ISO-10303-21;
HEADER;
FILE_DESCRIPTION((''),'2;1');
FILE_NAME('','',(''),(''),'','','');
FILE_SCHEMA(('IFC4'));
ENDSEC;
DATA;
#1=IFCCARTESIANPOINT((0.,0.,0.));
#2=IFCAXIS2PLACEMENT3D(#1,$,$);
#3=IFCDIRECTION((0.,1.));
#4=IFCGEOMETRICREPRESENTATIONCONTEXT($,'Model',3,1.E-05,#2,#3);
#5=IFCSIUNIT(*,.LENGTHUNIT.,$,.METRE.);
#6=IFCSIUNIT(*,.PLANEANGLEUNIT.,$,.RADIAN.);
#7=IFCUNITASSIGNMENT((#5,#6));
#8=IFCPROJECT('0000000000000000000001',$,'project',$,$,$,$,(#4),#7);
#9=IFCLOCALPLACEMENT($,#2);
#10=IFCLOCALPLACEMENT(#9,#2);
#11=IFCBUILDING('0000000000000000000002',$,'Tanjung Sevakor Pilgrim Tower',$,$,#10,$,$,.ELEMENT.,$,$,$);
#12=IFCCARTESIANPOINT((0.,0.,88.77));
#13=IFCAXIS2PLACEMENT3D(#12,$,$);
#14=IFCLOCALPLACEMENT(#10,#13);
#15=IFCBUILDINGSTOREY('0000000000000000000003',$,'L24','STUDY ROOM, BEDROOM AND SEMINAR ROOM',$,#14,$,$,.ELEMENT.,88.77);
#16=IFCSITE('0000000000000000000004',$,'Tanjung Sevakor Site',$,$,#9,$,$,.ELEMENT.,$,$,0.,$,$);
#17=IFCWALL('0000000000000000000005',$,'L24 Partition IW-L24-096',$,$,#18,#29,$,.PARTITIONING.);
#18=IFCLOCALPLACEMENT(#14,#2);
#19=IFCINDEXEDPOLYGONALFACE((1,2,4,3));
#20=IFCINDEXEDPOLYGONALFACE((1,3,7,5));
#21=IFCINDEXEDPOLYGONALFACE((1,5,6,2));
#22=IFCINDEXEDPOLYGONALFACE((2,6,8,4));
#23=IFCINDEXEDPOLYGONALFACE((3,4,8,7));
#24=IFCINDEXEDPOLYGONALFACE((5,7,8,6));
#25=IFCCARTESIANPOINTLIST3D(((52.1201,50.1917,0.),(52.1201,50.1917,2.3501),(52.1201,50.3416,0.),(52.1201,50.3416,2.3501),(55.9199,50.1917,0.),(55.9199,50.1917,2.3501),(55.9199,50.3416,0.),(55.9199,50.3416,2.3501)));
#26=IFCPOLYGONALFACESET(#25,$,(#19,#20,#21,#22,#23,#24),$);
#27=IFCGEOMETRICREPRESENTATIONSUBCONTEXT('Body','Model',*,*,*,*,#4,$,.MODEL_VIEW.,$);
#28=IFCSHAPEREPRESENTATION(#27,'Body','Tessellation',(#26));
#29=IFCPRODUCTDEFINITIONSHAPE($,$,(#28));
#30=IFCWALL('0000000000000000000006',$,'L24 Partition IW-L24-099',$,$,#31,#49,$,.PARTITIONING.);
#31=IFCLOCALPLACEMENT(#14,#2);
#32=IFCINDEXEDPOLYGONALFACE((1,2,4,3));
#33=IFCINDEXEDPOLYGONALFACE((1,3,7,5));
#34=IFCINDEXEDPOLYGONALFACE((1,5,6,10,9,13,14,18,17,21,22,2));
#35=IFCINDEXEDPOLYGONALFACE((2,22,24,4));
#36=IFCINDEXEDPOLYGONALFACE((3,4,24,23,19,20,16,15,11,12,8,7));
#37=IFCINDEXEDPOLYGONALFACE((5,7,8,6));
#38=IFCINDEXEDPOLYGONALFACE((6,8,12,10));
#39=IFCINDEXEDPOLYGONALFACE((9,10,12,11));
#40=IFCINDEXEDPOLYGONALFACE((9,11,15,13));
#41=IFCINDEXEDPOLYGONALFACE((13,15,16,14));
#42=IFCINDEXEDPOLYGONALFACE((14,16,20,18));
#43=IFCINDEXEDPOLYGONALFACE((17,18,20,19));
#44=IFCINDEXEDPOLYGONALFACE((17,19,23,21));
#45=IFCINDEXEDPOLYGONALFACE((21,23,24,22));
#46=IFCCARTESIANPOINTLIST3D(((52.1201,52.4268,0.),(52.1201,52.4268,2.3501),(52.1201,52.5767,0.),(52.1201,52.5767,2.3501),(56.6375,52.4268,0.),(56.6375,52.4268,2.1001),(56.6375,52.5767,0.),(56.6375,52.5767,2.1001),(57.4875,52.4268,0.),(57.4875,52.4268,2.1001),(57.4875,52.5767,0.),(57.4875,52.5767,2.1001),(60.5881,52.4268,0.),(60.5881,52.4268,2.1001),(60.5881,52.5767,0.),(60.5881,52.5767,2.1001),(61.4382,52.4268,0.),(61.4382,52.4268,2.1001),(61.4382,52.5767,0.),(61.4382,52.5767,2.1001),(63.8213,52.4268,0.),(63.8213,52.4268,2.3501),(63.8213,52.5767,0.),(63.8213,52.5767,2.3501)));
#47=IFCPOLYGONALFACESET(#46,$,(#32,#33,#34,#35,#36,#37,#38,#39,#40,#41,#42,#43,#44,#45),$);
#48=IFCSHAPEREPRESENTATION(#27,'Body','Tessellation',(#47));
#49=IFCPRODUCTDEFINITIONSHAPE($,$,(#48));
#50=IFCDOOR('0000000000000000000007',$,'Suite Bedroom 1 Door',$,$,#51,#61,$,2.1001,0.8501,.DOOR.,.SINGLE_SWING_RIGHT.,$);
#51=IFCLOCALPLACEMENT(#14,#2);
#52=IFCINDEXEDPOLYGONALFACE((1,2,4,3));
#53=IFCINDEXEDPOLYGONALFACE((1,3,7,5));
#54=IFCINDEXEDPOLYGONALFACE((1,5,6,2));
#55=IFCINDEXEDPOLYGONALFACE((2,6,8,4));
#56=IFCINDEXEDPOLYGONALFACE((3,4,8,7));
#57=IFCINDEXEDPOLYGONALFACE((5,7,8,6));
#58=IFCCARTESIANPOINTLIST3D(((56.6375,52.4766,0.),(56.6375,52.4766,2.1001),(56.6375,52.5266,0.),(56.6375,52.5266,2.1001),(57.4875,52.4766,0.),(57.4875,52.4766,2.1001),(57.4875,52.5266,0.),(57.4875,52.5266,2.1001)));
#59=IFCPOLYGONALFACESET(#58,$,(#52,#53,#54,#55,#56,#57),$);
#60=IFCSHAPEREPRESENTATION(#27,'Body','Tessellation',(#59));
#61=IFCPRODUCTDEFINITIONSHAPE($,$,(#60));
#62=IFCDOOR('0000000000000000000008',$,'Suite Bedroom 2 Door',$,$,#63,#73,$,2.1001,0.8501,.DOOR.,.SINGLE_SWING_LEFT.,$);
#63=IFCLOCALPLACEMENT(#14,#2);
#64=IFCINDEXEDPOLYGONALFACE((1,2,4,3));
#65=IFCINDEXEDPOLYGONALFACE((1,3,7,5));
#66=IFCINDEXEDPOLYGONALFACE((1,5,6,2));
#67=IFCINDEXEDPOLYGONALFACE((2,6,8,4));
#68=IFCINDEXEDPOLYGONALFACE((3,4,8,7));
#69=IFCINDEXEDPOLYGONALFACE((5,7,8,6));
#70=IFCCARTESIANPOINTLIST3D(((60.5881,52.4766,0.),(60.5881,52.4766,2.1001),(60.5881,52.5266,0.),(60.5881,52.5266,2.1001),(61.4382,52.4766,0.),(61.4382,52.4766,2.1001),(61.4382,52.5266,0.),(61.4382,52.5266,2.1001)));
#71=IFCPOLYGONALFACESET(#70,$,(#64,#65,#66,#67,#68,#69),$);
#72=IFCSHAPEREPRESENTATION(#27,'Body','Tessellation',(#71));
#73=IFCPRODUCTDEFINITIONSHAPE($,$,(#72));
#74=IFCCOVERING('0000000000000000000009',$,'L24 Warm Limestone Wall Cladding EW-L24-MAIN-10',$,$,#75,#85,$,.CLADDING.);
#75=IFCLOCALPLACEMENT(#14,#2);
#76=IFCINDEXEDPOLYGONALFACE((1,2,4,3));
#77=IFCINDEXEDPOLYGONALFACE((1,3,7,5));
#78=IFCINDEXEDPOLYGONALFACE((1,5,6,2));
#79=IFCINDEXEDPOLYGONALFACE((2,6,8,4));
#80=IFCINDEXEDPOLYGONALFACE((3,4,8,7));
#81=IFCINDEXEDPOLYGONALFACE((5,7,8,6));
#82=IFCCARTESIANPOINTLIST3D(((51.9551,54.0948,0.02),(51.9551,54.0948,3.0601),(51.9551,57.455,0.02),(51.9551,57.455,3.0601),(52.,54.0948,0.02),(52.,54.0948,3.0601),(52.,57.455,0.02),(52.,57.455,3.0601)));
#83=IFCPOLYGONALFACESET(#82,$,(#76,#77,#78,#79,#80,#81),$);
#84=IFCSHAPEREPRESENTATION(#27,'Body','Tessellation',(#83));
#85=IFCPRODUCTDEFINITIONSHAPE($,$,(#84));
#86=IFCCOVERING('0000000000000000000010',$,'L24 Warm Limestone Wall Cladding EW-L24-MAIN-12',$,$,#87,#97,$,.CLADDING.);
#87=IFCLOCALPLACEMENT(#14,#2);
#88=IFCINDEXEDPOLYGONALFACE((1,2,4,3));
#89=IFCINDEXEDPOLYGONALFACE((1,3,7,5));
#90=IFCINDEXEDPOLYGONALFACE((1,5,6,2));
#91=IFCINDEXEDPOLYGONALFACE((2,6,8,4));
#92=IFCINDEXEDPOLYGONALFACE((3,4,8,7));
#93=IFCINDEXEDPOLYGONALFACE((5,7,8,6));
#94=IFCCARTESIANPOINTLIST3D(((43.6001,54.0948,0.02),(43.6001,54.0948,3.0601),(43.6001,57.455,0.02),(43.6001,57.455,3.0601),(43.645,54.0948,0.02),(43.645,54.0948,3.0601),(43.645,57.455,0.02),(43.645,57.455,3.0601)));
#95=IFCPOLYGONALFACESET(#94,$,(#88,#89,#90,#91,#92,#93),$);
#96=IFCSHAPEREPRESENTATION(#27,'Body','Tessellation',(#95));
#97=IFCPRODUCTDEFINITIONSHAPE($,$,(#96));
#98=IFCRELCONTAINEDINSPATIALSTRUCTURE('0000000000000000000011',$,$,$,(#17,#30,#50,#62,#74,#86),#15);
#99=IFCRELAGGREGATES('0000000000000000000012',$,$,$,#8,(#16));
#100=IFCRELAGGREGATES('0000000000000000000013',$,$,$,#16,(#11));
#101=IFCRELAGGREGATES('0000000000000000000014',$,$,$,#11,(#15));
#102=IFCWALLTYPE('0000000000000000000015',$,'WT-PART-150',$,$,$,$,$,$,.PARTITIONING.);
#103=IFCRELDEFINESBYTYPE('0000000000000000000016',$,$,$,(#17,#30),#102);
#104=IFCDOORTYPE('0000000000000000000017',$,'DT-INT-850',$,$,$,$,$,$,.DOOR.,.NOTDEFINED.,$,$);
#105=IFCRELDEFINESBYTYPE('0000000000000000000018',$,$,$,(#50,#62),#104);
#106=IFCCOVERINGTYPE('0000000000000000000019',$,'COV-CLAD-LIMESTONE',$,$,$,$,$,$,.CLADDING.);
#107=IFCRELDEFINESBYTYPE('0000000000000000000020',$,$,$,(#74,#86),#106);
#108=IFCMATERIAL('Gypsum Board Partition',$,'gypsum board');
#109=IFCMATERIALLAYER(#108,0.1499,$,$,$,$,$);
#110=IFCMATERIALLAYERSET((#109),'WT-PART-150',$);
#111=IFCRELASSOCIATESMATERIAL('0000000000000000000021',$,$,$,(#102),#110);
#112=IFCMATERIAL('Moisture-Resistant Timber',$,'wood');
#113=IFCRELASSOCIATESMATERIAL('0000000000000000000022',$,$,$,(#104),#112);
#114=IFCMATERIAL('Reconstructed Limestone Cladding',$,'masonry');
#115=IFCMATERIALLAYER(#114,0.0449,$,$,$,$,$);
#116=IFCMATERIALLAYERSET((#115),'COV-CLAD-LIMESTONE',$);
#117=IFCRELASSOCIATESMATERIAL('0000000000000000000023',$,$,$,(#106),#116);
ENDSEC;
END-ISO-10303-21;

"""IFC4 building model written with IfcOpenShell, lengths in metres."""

from ifc_helpers import new_model, si_unit, direction, frame, frame_2d, origin, origin_2d, place, context, subcontext, project, spatial, rectangle, extrude, material, layer, layer_set, type_object, element, fill, save


model = new_model("IFC4")

# Units and contexts
model_context = context("Model", 3, precision=1e-05, world=origin(), true_north=direction((0.0, 1.0)))
body_context = subcontext(model_context, "Body", "Model", "MODEL_VIEW")
ifc_project = project(units=[si_unit("LENGTHUNIT", "METRE"), si_unit("PLANEANGLEUNIT", "RADIAN")], contexts=[model_context])

# Site, building, storey
site_placement = place(None, origin())
site = spatial("IfcSite", under=ifc_project, at=site_placement, Name="Tanjung Sevakor Site", CompositionType="ELEMENT", RefElevation=0.0)
building_placement = place(site_placement, origin())
building = spatial("IfcBuilding", under=site, at=building_placement, Name="Tanjung Sevakor Pilgrim Tower", CompositionType="ELEMENT")
storey_placement = place(building_placement, frame((0.0, 0.0, 88.77)))
storey = spatial("IfcBuildingStorey", under=building, at=storey_placement, Name="L24", Description="STUDY ROOM, BEDROOM AND SEMINAR ROOM", CompositionType="ELEMENT", Elevation=88.77)

# Wall
ifc_material_1 = material(Name="Gypsum Board Partition", Category="gypsum board")
ifc_layer_1 = layer(ifc_material_1, 0.1499)
ifc_layer_set_1 = layer_set([ifc_layer_1], Name="WT-PART-150")
wall_type_1 = type_object("IfcWallType", Name="WT-PART-150", PredefinedType="PARTITIONING", material=ifc_layer_set_1)
wall_1_placement = place(storey_placement, frame((52.1201, 50.2666, 0.0), z_axis=(0.0, 0.0, 1.0), x_axis=(1.0, 0.0, 0.0)))
element("IfcWall", 1, at=wall_1_placement, inside=storey, type_object=wall_type_1, Name="L24 Partition IW-L24-096", PredefinedType="PARTITIONING", context=body_context, shape_type="SweptSolid", body=[
    extrude(rectangle(XDim=3.7998, YDim=0.1499, at=frame_2d((1.8999, 0.0))), origin(), (0.0, 0.0, 1.0), 2.3501),
])

# Wall, openings, doors
wall_2_placement = place(storey_placement, frame((52.1201, 52.5017, 0.0), z_axis=(0.0, 0.0, 1.0), x_axis=(1.0, 0.0, 0.0)))
wall_2 = element("IfcWall", 2, at=wall_2_placement, inside=storey, type_object=wall_type_1, Name="L24 Partition IW-L24-099", PredefinedType="PARTITIONING", context=body_context, shape_type="SweptSolid", body=[
    extrude(rectangle(XDim=11.7012, YDim=0.1499, at=frame_2d((5.8506, 0.0))), origin(), (0.0, 0.0, 1.0), 2.3501),
])
opening_1_placement = place(wall_2_placement, frame((4.5173, 0.0, 0.0)))
opening_1 = element("IfcOpeningElement", 3, at=opening_1_placement, cuts=wall_2, PredefinedType="OPENING", context=body_context, shape_type="SweptSolid", body=[
    extrude(rectangle(XDim=0.8501, YDim=2.1001, at=frame_2d((0.425, 1.05))), frame((0.0, 0.085, 0.0), z_axis=(0.0, -1.0, 0.0), x_axis=(1.0, 0.0, 0.0)), (0.0, 0.0, 1.0), 0.1699),
])
opening_2_placement = place(wall_2_placement, frame((8.468, 0.0, 0.0)))
opening_2 = element("IfcOpeningElement", 4, at=opening_2_placement, cuts=wall_2, PredefinedType="OPENING", context=body_context, shape_type="SweptSolid", body=[
    extrude(rectangle(XDim=0.8501, YDim=2.1001, at=frame_2d((0.425, 1.05))), frame((0.0, 0.085, 0.0), z_axis=(0.0, -1.0, 0.0), x_axis=(1.0, 0.0, 0.0)), (0.0, 0.0, 1.0), 0.1699),
])
ifc_material_2 = material(Name="Moisture-Resistant Timber", Category="wood")
door_type_1 = type_object("IfcDoorType", Name="DT-INT-850", OperationType="NOTDEFINED", PredefinedType="DOOR", material=ifc_material_2)
door_1_placement = place(opening_1_placement, origin())
door_1 = element("IfcDoor", 5, at=door_1_placement, inside=storey, type_object=door_type_1, Name="Suite Bedroom 1 Door", OperationType="SINGLE_SWING_RIGHT", OverallHeight=2.1001, OverallWidth=0.8501, PredefinedType="DOOR", context=body_context, shape_type="SweptSolid", body=[
    extrude(rectangle(XDim=0.8501, YDim=2.1001, at=frame_2d((0.425, 1.05))), frame((0.0, 0.0249, 0.0), z_axis=(0.0, -1.0, 0.0), x_axis=(1.0, 0.0, 0.0)), (0.0, 0.0, 1.0), 0.05),
])
fill(opening_1, door_1)
door_2_placement = place(opening_2_placement, origin())
door_2 = element("IfcDoor", 6, at=door_2_placement, inside=storey, type_object=door_type_1, Name="Suite Bedroom 2 Door", OperationType="SINGLE_SWING_LEFT", OverallHeight=2.1001, OverallWidth=0.8501, PredefinedType="DOOR", context=body_context, shape_type="SweptSolid", body=[
    extrude(rectangle(XDim=0.8501, YDim=2.1001, at=frame_2d((0.425, 1.05))), frame((0.0, 0.0249, 0.0), z_axis=(0.0, -1.0, 0.0), x_axis=(1.0, 0.0, 0.0)), (0.0, 0.0, 1.0), 0.05),
])
fill(opening_2, door_2)

# Coverings
ifc_material_3 = material(Name="Reconstructed Limestone Cladding", Category="masonry")
ifc_layer_2 = layer(ifc_material_3, 0.0449)
ifc_layer_set_2 = layer_set([ifc_layer_2], Name="COV-CLAD-LIMESTONE")
covering_type = type_object("IfcCoveringType", Name="COV-CLAD-LIMESTONE", PredefinedType="CLADDING", material=ifc_layer_set_2)
for number, where, z_axis, x_axis, name in (
    (7, (51.9775, 55.7749, 0.02), (0.0, 0.0, 1.0), (0.0, -1.0, 0.0), "L24 Warm Limestone Wall Cladding EW-L24-MAIN-10"),
    (8, (43.6226, 55.7749, 0.02), (0.0, 0.0, 1.0), (0.0, 1.0, 0.0), "L24 Warm Limestone Wall Cladding EW-L24-MAIN-12"),
):
    element("IfcCovering", number, at=place(storey_placement, frame(where, z_axis=z_axis, x_axis=x_axis)), inside=storey, type_object=covering_type, Name=name, PredefinedType="CLADDING", context=body_context, shape_type="SweptSolid", body=[
        extrude(rectangle(XDim=3.3601, YDim=0.0449, at=origin_2d()), origin(), (0.0, 0.0, 1.0), 3.04),
    ])

save(model, "model.ifc")
